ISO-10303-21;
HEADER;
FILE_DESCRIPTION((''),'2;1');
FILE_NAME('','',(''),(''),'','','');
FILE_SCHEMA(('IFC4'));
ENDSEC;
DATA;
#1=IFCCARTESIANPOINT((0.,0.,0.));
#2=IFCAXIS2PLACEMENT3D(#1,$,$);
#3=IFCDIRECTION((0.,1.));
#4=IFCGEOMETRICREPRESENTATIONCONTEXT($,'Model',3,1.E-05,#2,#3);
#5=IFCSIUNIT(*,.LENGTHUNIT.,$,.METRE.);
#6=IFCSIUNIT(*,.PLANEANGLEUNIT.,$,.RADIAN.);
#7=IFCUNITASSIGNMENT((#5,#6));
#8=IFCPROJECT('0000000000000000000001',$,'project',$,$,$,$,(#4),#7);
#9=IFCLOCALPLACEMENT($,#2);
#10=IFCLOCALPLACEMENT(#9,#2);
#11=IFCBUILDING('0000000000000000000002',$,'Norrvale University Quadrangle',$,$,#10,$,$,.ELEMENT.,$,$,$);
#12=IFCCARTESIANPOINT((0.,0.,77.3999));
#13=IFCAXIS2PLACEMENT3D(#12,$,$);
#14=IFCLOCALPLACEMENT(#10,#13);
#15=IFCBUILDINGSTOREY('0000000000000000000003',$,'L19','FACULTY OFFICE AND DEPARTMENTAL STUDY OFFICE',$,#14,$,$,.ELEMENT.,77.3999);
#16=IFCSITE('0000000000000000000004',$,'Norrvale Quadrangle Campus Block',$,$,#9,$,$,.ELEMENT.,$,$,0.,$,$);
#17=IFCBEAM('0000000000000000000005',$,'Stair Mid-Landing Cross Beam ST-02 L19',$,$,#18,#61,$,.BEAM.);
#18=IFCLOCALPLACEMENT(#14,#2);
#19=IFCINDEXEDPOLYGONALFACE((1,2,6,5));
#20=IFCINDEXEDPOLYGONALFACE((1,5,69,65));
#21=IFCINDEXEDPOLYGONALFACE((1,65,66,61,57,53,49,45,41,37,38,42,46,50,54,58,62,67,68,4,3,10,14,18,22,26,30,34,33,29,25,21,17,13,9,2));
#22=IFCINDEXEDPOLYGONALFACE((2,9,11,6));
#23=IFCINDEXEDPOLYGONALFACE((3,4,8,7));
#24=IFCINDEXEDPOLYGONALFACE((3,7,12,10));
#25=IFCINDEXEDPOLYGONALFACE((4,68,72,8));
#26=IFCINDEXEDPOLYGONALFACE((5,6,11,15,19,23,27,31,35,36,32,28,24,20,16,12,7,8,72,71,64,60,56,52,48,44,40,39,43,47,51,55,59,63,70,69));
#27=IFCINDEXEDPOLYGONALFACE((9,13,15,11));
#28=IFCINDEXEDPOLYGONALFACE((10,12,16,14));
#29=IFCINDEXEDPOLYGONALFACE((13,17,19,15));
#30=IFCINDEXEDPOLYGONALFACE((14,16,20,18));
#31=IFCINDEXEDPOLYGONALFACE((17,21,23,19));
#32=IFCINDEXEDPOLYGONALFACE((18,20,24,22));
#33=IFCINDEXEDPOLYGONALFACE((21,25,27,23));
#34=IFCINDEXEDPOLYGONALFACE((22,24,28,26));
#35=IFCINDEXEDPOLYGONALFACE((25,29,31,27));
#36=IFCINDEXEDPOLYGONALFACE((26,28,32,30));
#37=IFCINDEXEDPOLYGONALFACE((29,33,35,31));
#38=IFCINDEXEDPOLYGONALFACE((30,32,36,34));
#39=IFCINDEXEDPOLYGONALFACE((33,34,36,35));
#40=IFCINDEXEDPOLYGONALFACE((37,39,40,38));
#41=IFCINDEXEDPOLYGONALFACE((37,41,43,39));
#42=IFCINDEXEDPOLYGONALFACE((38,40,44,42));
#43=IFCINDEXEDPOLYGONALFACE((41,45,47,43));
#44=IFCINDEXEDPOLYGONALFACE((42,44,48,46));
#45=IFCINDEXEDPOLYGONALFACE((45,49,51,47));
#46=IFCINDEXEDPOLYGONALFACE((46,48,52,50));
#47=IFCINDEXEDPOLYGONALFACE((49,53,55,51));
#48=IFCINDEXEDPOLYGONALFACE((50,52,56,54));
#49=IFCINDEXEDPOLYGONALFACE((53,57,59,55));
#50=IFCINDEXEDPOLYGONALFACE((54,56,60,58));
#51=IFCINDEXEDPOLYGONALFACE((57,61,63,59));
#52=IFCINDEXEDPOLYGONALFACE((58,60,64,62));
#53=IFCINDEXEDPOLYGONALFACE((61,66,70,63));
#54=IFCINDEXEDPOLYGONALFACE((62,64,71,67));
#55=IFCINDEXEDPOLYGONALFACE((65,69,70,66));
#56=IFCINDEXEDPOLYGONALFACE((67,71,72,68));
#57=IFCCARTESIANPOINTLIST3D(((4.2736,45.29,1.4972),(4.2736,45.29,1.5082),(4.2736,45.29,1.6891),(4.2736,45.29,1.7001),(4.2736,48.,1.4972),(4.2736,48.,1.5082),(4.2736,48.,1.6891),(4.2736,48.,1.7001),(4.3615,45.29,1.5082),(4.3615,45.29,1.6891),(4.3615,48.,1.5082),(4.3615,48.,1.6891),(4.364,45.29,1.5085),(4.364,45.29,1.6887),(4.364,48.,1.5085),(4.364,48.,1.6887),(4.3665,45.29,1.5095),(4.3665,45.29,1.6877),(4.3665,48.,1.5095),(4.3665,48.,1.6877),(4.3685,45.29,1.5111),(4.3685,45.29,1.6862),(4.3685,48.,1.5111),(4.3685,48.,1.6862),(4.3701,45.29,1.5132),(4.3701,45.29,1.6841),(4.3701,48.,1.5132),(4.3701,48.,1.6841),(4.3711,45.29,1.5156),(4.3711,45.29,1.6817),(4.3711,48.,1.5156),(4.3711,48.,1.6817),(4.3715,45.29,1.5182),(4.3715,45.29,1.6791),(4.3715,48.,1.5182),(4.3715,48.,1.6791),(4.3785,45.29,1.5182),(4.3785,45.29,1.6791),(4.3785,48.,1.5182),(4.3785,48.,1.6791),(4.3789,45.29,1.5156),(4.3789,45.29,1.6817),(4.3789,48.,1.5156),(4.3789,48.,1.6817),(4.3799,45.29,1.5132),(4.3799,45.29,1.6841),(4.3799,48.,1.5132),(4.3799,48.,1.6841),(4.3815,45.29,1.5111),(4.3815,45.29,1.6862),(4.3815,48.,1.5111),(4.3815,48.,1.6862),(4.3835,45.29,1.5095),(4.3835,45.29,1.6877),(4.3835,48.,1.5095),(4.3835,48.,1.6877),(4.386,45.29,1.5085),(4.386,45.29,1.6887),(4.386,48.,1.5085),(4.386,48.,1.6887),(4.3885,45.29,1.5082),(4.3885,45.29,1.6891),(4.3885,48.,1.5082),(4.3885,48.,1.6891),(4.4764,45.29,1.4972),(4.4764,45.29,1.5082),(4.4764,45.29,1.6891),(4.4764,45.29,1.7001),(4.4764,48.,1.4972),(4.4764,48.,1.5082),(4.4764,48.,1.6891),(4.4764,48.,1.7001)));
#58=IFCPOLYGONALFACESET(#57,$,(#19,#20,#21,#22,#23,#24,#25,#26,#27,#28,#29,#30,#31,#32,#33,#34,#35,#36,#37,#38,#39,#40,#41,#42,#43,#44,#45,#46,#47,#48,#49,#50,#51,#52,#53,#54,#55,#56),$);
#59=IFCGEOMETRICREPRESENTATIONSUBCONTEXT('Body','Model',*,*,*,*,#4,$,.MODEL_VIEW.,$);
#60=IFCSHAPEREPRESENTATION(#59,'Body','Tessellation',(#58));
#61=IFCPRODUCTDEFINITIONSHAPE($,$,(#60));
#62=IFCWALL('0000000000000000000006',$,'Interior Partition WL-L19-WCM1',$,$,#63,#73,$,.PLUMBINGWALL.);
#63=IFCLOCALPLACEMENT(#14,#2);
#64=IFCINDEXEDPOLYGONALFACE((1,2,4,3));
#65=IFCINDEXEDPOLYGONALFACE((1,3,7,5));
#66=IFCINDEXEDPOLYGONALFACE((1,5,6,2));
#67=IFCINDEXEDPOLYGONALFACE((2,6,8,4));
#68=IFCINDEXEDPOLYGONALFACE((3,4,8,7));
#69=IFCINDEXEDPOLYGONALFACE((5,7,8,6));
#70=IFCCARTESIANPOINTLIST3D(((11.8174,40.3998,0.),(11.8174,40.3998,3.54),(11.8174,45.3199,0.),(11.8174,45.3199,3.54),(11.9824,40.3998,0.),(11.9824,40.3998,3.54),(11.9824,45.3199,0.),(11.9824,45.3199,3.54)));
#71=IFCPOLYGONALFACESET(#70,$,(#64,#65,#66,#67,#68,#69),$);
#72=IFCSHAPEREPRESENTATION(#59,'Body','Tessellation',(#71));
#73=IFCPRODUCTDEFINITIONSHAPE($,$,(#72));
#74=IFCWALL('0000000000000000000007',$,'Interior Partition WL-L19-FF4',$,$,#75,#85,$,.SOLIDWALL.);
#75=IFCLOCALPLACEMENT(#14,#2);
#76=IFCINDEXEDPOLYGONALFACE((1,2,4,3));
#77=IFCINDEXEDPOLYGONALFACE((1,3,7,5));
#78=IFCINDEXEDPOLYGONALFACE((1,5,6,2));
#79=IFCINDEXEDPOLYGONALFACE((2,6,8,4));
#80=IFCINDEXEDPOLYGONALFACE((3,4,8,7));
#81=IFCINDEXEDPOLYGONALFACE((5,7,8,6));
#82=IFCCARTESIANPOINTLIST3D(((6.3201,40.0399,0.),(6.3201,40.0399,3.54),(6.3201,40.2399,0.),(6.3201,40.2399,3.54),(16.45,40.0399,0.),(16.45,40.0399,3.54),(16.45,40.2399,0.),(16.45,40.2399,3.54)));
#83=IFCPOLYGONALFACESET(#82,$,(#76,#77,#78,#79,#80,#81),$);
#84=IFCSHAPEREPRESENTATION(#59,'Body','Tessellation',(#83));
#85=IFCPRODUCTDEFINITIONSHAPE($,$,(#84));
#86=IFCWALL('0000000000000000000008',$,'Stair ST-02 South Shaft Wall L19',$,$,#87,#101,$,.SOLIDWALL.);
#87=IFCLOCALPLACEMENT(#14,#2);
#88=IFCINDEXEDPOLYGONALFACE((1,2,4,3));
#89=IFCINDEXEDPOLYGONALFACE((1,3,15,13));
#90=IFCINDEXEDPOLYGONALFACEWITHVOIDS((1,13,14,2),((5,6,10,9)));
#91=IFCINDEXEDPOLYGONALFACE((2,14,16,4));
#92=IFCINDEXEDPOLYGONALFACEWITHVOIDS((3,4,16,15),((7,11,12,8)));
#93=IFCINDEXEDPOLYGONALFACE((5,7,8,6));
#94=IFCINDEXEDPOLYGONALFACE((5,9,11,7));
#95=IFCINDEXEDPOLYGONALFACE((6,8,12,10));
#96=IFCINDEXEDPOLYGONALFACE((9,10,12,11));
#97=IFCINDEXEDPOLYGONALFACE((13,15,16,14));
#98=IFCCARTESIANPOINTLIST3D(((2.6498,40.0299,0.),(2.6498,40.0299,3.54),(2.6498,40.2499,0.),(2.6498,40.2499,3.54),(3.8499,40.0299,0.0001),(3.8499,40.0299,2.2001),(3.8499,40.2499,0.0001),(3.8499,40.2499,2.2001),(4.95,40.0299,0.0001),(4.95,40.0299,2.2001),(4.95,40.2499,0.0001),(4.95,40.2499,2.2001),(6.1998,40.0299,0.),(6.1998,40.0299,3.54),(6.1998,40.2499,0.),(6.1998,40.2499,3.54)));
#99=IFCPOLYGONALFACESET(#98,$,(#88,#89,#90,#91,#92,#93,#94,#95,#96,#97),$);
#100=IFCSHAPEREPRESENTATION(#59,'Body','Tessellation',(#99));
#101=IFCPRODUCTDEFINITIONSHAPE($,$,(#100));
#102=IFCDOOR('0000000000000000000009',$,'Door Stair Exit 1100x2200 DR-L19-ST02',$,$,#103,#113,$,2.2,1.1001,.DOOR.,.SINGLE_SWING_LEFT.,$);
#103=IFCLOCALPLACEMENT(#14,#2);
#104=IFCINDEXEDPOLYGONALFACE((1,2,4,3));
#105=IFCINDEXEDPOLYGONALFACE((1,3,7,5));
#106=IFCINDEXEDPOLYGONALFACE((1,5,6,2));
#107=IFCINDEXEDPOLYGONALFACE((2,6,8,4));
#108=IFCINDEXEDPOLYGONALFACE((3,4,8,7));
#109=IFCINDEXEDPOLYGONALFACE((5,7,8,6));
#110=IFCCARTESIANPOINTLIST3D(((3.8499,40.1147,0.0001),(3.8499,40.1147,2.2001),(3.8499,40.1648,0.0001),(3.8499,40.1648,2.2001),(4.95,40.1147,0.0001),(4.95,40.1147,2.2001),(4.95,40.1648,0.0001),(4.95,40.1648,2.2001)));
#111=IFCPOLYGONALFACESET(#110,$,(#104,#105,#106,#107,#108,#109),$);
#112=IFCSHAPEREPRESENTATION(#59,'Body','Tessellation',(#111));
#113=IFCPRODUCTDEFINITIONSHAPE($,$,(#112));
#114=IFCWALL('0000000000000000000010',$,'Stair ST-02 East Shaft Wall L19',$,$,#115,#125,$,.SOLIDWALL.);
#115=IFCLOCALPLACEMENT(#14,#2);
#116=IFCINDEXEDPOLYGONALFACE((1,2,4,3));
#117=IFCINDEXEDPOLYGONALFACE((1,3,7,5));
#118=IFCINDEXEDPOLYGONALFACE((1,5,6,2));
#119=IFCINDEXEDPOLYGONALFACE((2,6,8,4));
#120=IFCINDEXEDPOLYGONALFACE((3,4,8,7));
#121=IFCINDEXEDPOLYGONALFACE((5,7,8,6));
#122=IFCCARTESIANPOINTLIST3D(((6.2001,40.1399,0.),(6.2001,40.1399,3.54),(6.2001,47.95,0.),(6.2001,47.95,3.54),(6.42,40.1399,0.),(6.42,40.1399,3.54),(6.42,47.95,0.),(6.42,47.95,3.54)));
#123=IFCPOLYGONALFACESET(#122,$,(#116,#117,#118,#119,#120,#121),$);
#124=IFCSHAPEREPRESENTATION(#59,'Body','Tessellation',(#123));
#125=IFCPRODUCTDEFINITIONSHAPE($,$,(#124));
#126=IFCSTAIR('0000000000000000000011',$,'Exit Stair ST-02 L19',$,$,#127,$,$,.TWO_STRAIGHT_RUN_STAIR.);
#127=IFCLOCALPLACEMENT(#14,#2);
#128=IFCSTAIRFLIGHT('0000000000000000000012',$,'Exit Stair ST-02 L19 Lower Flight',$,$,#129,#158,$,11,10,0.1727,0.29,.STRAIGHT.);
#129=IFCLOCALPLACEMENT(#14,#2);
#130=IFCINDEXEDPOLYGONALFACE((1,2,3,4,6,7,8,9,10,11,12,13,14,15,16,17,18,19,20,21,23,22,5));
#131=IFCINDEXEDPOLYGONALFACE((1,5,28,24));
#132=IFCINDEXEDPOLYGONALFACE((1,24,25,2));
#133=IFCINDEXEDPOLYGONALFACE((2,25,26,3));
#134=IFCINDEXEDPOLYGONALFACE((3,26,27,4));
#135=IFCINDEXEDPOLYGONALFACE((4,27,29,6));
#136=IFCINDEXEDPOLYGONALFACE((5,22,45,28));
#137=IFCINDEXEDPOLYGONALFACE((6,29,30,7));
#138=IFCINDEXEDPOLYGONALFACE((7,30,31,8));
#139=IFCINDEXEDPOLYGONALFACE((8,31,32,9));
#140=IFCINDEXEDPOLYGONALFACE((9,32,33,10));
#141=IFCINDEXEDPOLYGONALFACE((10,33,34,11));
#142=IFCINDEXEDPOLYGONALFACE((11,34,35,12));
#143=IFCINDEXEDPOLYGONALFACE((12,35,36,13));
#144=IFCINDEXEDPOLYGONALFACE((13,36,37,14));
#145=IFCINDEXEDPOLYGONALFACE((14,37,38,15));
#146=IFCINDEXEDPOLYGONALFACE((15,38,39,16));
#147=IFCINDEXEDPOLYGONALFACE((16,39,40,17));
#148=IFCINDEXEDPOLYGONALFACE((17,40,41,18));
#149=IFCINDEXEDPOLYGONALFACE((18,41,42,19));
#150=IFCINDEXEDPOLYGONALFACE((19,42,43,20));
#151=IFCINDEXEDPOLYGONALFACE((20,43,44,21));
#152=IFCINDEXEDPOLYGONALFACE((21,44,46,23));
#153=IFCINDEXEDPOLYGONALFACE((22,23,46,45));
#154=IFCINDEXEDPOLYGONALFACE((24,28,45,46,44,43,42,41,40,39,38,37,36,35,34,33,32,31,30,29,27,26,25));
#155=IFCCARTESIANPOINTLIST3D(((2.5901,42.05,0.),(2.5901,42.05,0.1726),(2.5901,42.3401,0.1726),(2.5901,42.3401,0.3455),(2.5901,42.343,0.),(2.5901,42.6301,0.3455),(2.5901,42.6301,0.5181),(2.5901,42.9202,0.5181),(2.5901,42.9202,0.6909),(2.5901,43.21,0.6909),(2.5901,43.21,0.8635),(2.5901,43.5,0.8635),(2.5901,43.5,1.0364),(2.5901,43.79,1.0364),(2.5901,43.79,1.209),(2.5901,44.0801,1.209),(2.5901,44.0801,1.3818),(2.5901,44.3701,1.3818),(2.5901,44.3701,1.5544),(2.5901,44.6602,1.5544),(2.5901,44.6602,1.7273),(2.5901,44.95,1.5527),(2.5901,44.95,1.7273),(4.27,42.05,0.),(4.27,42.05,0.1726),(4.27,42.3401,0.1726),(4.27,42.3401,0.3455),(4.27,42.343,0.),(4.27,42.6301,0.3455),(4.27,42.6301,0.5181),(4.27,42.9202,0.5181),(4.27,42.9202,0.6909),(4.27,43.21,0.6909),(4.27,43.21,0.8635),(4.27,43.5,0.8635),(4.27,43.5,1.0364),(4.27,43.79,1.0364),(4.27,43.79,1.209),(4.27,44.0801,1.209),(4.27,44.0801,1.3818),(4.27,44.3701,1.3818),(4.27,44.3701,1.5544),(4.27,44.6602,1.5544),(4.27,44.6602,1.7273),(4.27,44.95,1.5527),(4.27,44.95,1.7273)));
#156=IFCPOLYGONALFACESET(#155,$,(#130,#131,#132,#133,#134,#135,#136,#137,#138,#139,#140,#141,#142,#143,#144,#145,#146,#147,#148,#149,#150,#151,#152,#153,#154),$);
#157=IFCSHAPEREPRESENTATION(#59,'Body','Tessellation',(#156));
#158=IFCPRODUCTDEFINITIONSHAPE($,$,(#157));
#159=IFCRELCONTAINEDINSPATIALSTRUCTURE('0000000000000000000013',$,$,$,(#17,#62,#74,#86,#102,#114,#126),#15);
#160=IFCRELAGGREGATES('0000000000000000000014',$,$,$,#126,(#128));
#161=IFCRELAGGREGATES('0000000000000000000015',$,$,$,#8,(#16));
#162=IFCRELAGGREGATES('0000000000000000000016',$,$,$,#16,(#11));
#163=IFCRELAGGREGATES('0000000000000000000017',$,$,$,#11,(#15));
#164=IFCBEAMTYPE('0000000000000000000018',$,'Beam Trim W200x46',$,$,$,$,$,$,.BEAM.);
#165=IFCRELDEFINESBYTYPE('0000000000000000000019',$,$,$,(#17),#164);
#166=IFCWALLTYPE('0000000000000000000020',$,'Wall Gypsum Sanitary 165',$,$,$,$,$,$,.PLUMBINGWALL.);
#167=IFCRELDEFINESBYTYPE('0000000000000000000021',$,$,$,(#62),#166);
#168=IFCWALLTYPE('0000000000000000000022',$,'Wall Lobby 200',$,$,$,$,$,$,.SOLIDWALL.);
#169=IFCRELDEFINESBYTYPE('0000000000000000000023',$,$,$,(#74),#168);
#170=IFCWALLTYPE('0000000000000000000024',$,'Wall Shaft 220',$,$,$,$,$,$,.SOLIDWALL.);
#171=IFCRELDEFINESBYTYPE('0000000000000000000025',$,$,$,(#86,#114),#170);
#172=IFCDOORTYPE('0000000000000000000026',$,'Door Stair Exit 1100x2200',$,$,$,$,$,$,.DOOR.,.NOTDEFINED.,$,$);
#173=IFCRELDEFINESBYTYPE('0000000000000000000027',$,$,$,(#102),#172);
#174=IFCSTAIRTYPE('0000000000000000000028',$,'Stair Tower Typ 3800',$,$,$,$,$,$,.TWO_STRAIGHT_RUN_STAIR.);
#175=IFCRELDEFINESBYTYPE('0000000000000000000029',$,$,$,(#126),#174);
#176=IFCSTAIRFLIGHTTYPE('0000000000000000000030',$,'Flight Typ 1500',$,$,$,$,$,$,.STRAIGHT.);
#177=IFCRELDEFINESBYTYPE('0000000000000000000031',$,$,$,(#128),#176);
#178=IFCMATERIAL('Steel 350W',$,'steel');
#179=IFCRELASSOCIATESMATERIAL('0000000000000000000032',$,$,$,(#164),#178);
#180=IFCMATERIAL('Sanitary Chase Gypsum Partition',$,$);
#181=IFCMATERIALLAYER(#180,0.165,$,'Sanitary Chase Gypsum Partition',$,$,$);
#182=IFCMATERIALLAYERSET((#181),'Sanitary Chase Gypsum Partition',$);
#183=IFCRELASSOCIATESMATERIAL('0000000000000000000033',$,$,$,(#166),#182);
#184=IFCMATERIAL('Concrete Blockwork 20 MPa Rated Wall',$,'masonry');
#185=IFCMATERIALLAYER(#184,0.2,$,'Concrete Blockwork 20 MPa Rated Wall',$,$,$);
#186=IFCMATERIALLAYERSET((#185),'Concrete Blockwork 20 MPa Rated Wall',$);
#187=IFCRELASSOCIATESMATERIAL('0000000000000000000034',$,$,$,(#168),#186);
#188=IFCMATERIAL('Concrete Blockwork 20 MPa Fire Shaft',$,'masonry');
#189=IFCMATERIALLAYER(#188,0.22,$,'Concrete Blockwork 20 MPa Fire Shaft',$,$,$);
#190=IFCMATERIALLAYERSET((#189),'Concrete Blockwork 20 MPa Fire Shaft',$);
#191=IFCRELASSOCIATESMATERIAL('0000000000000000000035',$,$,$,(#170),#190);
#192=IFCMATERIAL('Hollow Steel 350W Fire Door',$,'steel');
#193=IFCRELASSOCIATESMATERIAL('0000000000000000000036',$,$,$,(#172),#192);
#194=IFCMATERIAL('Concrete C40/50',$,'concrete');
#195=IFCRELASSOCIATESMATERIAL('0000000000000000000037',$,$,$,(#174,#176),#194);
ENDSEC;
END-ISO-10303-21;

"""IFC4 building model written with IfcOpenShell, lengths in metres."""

from ifc_helpers import new_model, si_unit, direction, frame, frame_2d, origin, origin_2d, place, context, subcontext, project, spatial, polyline, rectangle, i_section, outline, extrude, material, layer, layer_set, material_profile, profile_set, type_object, element, fill, aggregate, save


model = new_model("IFC4")

# Units and contexts
model_context = context("Model", 3, precision=1e-05, world=origin(), true_north=direction((0.0, 1.0)))
body_context = subcontext(model_context, "Body", "Model", "MODEL_VIEW")
ifc_project = project(units=[si_unit("LENGTHUNIT", "METRE"), si_unit("PLANEANGLEUNIT", "RADIAN")], contexts=[model_context])

# Site, building, storey
site_placement = place(None, origin())
site = spatial("IfcSite", under=ifc_project, at=site_placement, Name="Norrvale Quadrangle Campus Block", CompositionType="ELEMENT", RefElevation=0.0)
building_placement = place(site_placement, origin())
building = spatial("IfcBuilding", under=site, at=building_placement, Name="Norrvale University Quadrangle", CompositionType="ELEMENT")
storey_placement = place(building_placement, frame((0.0, 0.0, 77.3999)))
storey = spatial("IfcBuildingStorey", under=building, at=storey_placement, Name="L19", Description="FACULTY OFFICE AND DEPARTMENTAL STUDY OFFICE", CompositionType="ELEMENT", Elevation=77.3999)

# Beam
ifc_material_1 = material(Name="Steel 350W", Category="steel")
ifc_material_profile_1 = material_profile(ifc_material_1, i_section(OverallWidth=0.2029, OverallDepth=0.2029, WebThickness=0.0071, FlangeThickness=0.011, FilletRadius=0.01, at=origin_2d()), Name="Steel 350W")
ifc_profile_set_1 = profile_set([ifc_material_profile_1], Name="Steel 350W")
beam_type_1 = type_object("IfcBeamType", Name="Beam Trim W200x46", PredefinedType="BEAM", material=ifc_profile_set_1)
beam_1_placement = place(storey_placement, frame((4.375, 45.29, 1.5986), z_axis=(0.0, 1.0, 0.0), x_axis=(-1.0, 0.0, 0.0)))
element("IfcBeam", 1, at=beam_1_placement, inside=storey, type_object=beam_type_1, Name="Stair Mid-Landing Cross Beam ST-02 L19", PredefinedType="BEAM", context=body_context, shape_type="SweptSolid", body=[
    extrude(i_section(OverallWidth=0.2029, OverallDepth=0.2029, WebThickness=0.0071, FlangeThickness=0.011, FilletRadius=0.01, at=origin_2d()), origin(), (0.0, 0.0, 1.0), 2.71),
])

# Walls
ifc_material_2 = material(Name="Sanitary Chase Gypsum Partition")
ifc_layer_1 = layer(ifc_material_2, 0.165, Name="Sanitary Chase Gypsum Partition")
ifc_layer_set_1 = layer_set([ifc_layer_1], Name="Sanitary Chase Gypsum Partition")
wall_type_1 = type_object("IfcWallType", Name="Wall Gypsum Sanitary 165", PredefinedType="PLUMBINGWALL", material=ifc_layer_set_1)
wall_1_placement = place(storey_placement, frame((11.8999, 40.3999, 0.0), z_axis=(0.0, 0.0, 1.0), x_axis=(0.0, 1.0, 0.0)))
element("IfcWall", 2, at=wall_1_placement, inside=storey, type_object=wall_type_1, Name="Interior Partition WL-L19-WCM1", PredefinedType="PLUMBINGWALL", context=body_context, shape_type="SweptSolid", body=[
    extrude(rectangle(XDim=4.9202, YDim=0.165, at=frame_2d((2.46, 0.0))), origin(), (0.0, 0.0, 1.0), 3.54),
])
ifc_material_3 = material(Name="Concrete Blockwork 20 MPa Rated Wall", Category="masonry")
ifc_layer_2 = layer(ifc_material_3, 0.2, Name="Concrete Blockwork 20 MPa Rated Wall")
ifc_layer_set_2 = layer_set([ifc_layer_2], Name="Concrete Blockwork 20 MPa Rated Wall")
wall_type_2 = type_object("IfcWallType", Name="Wall Lobby 200", PredefinedType="SOLIDWALL", material=ifc_layer_set_2)
wall_2_placement = place(storey_placement, frame((6.3201, 40.1399, 0.0), z_axis=(0.0, 0.0, 1.0), x_axis=(1.0, 0.0, 0.0)))
element("IfcWall", 3, at=wall_2_placement, inside=storey, type_object=wall_type_2, Name="Interior Partition WL-L19-FF4", PredefinedType="SOLIDWALL", context=body_context, shape_type="SweptSolid", body=[
    extrude(rectangle(XDim=10.1299, YDim=0.2, at=frame_2d((5.0649, 0.0))), origin(), (0.0, 0.0, 1.0), 3.54),
])

# Wall, opening, door
ifc_material_4 = material(Name="Concrete Blockwork 20 MPa Fire Shaft", Category="masonry")
ifc_layer_3 = layer(ifc_material_4, 0.22, Name="Concrete Blockwork 20 MPa Fire Shaft")
ifc_layer_set_3 = layer_set([ifc_layer_3], Name="Concrete Blockwork 20 MPa Fire Shaft")
wall_type_3 = type_object("IfcWallType", Name="Wall Shaft 220", PredefinedType="SOLIDWALL", material=ifc_layer_set_3)
wall_3_placement = place(storey_placement, frame((2.6499, 40.1399, 0.0), z_axis=(0.0, 0.0, 1.0), x_axis=(1.0, 0.0, 0.0)))
wall_3 = element("IfcWall", 4, at=wall_3_placement, inside=storey, type_object=wall_type_3, Name="Stair ST-02 South Shaft Wall L19", PredefinedType="SOLIDWALL", context=body_context, shape_type="SweptSolid", body=[
    extrude(rectangle(XDim=3.55, YDim=0.22, at=frame_2d((1.7749, 0.0))), origin(), (0.0, 0.0, 1.0), 3.54),
])
opening_placement = place(wall_3_placement, frame((1.2, 0.0, 0.0)))
opening = element("IfcOpeningElement", 5, at=opening_placement, cuts=wall_3, PredefinedType="OPENING", context=body_context, shape_type="SweptSolid", body=[
    extrude(rectangle(XDim=1.1001, YDim=2.2, at=frame_2d((0.55, 1.1001))), frame((0.0, 0.1221, 0.0), z_axis=(0.0, -1.0, 0.0), x_axis=(1.0, 0.0, 0.0)), (0.0, 0.0, 1.0), 0.2439),
])
ifc_material_5 = material(Name="Hollow Steel 350W Fire Door", Category="steel")
door_type = type_object("IfcDoorType", Name="Door Stair Exit 1100x2200", OperationType="NOTDEFINED", PredefinedType="DOOR", material=ifc_material_5)
door_placement = place(opening_placement, origin())
door = element("IfcDoor", 6, at=door_placement, inside=storey, type_object=door_type, Name="Door Stair Exit 1100x2200 DR-L19-ST02", OperationType="SINGLE_SWING_LEFT", OverallHeight=2.2, OverallWidth=1.1001, PredefinedType="DOOR", context=body_context, shape_type="SweptSolid", body=[
    extrude(rectangle(XDim=1.1001, YDim=2.2, at=frame_2d((0.55, 1.1001))), frame((0.0, 0.0249, 0.0), z_axis=(0.0, -1.0, 0.0), x_axis=(1.0, 0.0, 0.0)), (0.0, 0.0, 1.0), 0.05),
])
fill(opening, door)

# Wall
wall_4_placement = place(storey_placement, frame((6.3101, 40.1399, 0.0), z_axis=(0.0, 0.0, 1.0), x_axis=(0.0, 1.0, 0.0)))
element("IfcWall", 7, at=wall_4_placement, inside=storey, type_object=wall_type_3, Name="Stair ST-02 East Shaft Wall L19", PredefinedType="SOLIDWALL", context=body_context, shape_type="SweptSolid", body=[
    extrude(rectangle(XDim=7.8101, YDim=0.22, at=frame_2d((3.905, 0.0))), origin(), (0.0, 0.0, 1.0), 3.54),
])

# Stair, stair flight
ifc_material_6 = material(Name="Concrete C40/50", Category="concrete")
stair_type = type_object("IfcStairType", Name="Stair Tower Typ 3800", PredefinedType="TWO_STRAIGHT_RUN_STAIR", material=ifc_material_6)
stair_placement = place(storey_placement, origin())
stair = element("IfcStair", 8, at=stair_placement, inside=storey, type_object=stair_type, Name="Exit Stair ST-02 L19", PredefinedType="TWO_STRAIGHT_RUN_STAIR")
stair_flight_type = type_object("IfcStairFlightType", Name="Flight Typ 1500", PredefinedType="STRAIGHT", material=ifc_material_6)
stair_flight_1_placement = place(storey_placement, frame((3.4299, 42.05, 0.0), z_axis=(0.0, 0.0, 1.0), x_axis=(0.0, 1.0, 0.0)))
stair_flight_1 = element("IfcStairFlight", 9, at=stair_flight_1_placement, type_object=stair_flight_type, Name="Exit Stair ST-02 L19 Lower Flight", NumberOfRisers=11, NumberOfTreads=10, PredefinedType="STRAIGHT", RiserHeight=0.1727, TreadLength=0.29, context=body_context, shape_type="SweptSolid", body=[
    extrude(outline(polyline([(0.0, 0.0), (0.0, 0.1726), (0.29, 0.1726), (0.29, 0.3455), (0.5801, 0.3455), (0.5801, 0.5181), (0.8701, 0.5181), (0.8701, 0.6909), (1.1599, 0.6909), (1.1599, 0.8635), (1.45, 0.8635), (1.45, 1.0364), (1.74, 1.0364), (1.74, 1.209), (2.03, 1.209), (2.03, 1.3818), (2.3201, 1.3818), (2.3201, 1.5544), (2.6101, 1.5544), (2.6101, 1.7273), (2.8999, 1.7273), (2.8999, 1.8999), (2.8999, 1.5527), (0.293, 0.0), (0.0, 0.0)])), frame((0.0, 0.8398, 0.0), z_axis=(0.0, -1.0, 0.0), x_axis=(1.0, 0.0, 0.0)), (0.0, 0.0, 1.0), 1.6799),
])
aggregate(stair, [stair_flight_1])

save(model, "model.ifc")
